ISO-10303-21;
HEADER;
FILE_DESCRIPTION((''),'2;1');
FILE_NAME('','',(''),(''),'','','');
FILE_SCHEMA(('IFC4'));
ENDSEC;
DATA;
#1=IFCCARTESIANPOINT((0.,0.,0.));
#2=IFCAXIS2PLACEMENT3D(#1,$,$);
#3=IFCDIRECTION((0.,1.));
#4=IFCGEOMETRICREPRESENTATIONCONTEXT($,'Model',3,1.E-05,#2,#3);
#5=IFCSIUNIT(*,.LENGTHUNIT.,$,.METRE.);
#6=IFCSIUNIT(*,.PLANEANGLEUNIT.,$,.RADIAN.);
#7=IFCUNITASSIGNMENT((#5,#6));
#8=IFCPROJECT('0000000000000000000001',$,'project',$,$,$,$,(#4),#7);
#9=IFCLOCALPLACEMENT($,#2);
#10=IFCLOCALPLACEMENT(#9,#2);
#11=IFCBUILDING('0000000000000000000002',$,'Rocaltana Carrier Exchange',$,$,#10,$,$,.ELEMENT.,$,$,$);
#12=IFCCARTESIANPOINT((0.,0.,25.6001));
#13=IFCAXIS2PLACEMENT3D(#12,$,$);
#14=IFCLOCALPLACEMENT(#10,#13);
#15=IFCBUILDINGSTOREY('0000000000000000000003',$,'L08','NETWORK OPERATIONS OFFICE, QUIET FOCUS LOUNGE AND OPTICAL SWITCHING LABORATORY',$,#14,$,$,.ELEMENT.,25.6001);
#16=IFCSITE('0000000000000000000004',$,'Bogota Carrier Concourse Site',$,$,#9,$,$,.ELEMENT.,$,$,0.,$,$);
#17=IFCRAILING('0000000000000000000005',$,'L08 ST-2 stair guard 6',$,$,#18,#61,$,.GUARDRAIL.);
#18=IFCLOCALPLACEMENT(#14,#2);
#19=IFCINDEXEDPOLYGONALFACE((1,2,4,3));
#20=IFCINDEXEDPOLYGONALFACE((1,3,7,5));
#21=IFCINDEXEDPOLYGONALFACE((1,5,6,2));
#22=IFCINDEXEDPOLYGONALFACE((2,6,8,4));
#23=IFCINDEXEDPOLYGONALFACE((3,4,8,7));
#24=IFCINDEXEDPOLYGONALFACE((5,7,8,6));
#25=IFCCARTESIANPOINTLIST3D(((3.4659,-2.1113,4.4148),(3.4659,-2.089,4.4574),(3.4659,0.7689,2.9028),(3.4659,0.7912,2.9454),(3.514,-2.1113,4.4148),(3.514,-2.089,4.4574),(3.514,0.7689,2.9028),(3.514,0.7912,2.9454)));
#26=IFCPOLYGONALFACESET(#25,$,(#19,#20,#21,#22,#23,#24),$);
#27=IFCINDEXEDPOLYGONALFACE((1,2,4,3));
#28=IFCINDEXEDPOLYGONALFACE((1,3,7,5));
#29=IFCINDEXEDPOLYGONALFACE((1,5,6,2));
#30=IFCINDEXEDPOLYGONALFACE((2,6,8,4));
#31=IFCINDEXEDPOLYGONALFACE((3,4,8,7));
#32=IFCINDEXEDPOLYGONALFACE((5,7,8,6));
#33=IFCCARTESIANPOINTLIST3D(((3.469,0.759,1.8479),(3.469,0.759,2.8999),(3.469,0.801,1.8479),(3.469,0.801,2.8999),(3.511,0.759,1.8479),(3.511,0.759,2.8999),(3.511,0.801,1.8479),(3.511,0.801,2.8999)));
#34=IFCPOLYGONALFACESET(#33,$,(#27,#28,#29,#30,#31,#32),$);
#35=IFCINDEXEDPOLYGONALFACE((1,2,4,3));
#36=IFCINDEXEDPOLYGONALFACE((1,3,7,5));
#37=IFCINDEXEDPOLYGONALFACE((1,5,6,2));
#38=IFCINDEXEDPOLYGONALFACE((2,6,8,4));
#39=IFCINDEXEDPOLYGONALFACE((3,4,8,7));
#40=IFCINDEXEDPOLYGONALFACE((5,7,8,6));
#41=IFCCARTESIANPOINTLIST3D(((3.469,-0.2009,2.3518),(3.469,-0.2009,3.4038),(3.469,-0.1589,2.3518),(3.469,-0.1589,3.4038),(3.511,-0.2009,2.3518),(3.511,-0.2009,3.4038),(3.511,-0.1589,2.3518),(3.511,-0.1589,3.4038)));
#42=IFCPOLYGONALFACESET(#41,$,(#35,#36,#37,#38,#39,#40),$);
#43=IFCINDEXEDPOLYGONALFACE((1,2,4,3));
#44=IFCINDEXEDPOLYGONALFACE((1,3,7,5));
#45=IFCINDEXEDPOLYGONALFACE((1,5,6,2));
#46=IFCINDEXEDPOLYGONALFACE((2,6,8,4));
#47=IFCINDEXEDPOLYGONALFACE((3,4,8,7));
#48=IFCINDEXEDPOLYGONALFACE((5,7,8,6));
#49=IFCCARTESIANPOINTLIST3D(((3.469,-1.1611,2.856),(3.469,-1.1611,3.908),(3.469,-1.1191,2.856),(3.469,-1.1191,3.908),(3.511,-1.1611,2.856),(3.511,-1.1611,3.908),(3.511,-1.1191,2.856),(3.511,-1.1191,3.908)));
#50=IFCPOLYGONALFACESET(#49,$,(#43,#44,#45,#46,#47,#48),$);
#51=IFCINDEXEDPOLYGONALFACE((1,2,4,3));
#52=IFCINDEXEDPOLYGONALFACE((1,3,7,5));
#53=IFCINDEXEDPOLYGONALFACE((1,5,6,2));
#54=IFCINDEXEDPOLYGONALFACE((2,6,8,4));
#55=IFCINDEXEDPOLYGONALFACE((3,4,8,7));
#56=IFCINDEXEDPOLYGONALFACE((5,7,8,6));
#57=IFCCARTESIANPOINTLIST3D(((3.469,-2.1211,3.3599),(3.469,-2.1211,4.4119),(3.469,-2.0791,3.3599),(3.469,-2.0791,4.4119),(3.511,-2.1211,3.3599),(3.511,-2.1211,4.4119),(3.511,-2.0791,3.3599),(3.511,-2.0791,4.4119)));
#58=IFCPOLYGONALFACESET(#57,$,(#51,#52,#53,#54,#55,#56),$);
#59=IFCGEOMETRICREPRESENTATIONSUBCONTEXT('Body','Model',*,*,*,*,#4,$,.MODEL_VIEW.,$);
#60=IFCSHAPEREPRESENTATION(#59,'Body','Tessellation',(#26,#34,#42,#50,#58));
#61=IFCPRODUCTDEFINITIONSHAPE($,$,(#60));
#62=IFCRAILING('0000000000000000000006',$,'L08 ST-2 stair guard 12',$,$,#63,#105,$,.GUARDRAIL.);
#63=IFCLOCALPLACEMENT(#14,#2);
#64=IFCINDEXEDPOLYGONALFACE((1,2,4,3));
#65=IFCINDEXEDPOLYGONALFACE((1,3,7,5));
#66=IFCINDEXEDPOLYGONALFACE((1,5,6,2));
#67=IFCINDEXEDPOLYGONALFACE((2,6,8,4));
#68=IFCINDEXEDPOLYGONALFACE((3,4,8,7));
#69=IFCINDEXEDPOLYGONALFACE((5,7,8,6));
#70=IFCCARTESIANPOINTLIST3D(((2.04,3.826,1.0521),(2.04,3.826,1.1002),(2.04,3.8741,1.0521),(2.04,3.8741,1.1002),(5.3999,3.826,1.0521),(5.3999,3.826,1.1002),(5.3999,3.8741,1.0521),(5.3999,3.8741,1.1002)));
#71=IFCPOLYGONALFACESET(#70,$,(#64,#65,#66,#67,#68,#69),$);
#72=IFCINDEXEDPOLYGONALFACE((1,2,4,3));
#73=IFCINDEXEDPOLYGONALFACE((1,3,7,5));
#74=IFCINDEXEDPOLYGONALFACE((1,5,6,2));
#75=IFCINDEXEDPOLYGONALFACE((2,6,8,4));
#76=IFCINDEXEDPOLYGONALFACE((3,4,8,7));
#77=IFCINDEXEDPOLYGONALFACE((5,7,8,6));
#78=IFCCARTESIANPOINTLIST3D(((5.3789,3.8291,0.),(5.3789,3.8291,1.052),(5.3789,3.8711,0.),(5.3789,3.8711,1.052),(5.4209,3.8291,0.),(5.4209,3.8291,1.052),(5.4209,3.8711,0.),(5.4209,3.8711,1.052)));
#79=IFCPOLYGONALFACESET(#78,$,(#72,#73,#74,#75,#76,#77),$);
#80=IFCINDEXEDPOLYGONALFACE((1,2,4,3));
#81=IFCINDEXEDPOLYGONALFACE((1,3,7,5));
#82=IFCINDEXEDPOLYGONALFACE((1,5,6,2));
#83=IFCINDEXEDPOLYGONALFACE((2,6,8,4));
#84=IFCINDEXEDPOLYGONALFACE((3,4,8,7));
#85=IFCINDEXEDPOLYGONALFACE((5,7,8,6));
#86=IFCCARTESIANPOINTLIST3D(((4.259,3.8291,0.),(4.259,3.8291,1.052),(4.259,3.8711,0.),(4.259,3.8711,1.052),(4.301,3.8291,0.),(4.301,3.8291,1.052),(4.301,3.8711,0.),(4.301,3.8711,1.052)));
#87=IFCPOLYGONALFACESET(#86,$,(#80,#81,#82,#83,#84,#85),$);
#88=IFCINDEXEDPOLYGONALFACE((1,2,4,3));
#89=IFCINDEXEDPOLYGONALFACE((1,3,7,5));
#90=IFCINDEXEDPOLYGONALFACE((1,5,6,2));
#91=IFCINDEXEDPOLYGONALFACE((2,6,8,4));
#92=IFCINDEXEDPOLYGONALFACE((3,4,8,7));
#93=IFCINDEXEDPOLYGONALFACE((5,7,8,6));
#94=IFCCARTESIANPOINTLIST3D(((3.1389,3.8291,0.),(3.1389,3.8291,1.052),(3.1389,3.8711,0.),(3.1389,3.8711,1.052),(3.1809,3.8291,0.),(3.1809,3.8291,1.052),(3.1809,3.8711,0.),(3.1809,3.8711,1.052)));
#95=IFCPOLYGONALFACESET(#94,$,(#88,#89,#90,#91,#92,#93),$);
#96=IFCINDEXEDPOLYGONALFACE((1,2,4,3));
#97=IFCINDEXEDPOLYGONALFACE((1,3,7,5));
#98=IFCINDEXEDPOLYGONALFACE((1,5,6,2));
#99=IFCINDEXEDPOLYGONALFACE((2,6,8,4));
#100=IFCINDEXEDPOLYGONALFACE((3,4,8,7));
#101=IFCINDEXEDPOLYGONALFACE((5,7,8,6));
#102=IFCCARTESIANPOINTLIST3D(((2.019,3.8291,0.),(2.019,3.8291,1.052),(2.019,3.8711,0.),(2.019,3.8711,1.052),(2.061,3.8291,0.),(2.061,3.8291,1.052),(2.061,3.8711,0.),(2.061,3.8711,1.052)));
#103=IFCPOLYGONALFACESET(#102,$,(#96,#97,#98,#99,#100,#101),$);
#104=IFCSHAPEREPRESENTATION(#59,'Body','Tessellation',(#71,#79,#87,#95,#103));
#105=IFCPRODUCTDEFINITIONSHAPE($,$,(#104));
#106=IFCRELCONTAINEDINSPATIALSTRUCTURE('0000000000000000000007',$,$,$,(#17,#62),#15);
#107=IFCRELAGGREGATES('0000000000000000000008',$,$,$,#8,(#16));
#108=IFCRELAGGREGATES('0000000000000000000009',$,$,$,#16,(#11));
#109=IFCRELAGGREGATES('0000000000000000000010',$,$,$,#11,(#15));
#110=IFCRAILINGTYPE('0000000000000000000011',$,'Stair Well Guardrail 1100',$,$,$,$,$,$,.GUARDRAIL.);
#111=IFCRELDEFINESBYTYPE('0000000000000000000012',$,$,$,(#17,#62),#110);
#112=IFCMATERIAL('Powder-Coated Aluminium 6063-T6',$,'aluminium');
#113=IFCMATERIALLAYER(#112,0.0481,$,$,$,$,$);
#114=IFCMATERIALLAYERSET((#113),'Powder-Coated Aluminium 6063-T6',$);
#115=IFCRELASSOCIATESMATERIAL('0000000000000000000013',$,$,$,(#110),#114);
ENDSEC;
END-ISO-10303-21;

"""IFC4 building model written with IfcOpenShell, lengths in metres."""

from ifc_helpers import new_model, si_unit, direction, frame, origin, origin_2d, place, context, subcontext, project, spatial, rectangle, extrude, material, layer, layer_set, type_object, element, save


model = new_model("IFC4")

# Units and contexts
model_context = context("Model", 3, precision=1e-05, world=origin(), true_north=direction((0.0, 1.0)))
body_context = subcontext(model_context, "Body", "Model", "MODEL_VIEW")
ifc_project = project(units=[si_unit("LENGTHUNIT", "METRE"), si_unit("PLANEANGLEUNIT", "RADIAN")], contexts=[model_context])

# Site, building, storey
site_placement = place(None, origin())
site = spatial("IfcSite", under=ifc_project, at=site_placement, Name="Bogota Carrier Concourse Site", CompositionType="ELEMENT", RefElevation=0.0)
building_placement = place(site_placement, origin())
building = spatial("IfcBuilding", under=site, at=building_placement, Name="Rocaltana Carrier Exchange", CompositionType="ELEMENT")
storey_placement = place(building_placement, frame((0.0, 0.0, 25.6001)))
storey = spatial("IfcBuildingStorey", under=building, at=storey_placement, Name="L08", Description="NETWORK OPERATIONS OFFICE, QUIET FOCUS LOUNGE AND OPTICAL SWITCHING LABORATORY", CompositionType="ELEMENT", Elevation=25.6001)

# Railings
ifc_material_1 = material(Name="Powder-Coated Aluminium 6063-T6", Category="aluminium")
ifc_layer_1 = layer(ifc_material_1, 0.0481)
ifc_layer_set_1 = layer_set([ifc_layer_1], Name="Powder-Coated Aluminium 6063-T6")
railing_type_1 = type_object("IfcRailingType", Name="Stair Well Guardrail 1100", PredefinedType="GUARDRAIL", material=ifc_layer_set_1)
railing_1_placement = place(storey_placement, frame((3.49, 0.78, 1.8479)))
element("IfcRailing", 1, at=railing_1_placement, inside=storey, type_object=railing_type_1, Name="L08 ST-2 stair guard 6", PredefinedType="GUARDRAIL", context=body_context, shape_type="SweptSolid", body=[
    extrude(rectangle(XDim=0.0481, YDim=0.0481, at=origin_2d()), frame((0.0, 0.0, 1.0762), z_axis=(0.0, -0.885411, 0.464809), x_axis=(1.0, 0.0, 0.0)), (0.0, 0.0, 1.0), 3.2529),
    extrude(rectangle(XDim=0.042, YDim=0.042, at=origin_2d()), origin(), (0.0, 0.0, 1.0), 1.052),
    extrude(rectangle(XDim=0.042, YDim=0.042, at=origin_2d()), frame((0.0, -0.96, 0.5039)), (0.0, 0.0, 1.0), 1.052),
    extrude(rectangle(XDim=0.042, YDim=0.042, at=origin_2d()), frame((0.0, -1.9202, 1.0081)), (0.0, 0.0, 1.0), 1.052),
    extrude(rectangle(XDim=0.042, YDim=0.042, at=origin_2d()), frame((0.0, -2.8801, 1.512)), (0.0, 0.0, 1.0), 1.052),
])
railing_2_placement = place(storey_placement, frame((5.3999, 3.8501, 0.0)))
element("IfcRailing", 2, at=railing_2_placement, inside=storey, type_object=railing_type_1, Name="L08 ST-2 stair guard 12", PredefinedType="GUARDRAIL", context=body_context, shape_type="SweptSolid", body=[
    extrude(rectangle(XDim=0.0481, YDim=0.0481, at=origin_2d()), frame((0.0, 0.0, 1.0762), z_axis=(-1.0, 0.0, 0.0), x_axis=(0.0, -1.0, 0.0)), (0.0, 0.0, 1.0), 3.3599),
    extrude(rectangle(XDim=0.042, YDim=0.042, at=origin_2d()), origin(), (0.0, 0.0, 1.0), 1.052),
    extrude(rectangle(XDim=0.042, YDim=0.042, at=origin_2d()), frame((-1.1199, 0.0, 0.0)), (0.0, 0.0, 1.0), 1.052),
    extrude(rectangle(XDim=0.042, YDim=0.042, at=origin_2d()), frame((-2.24, 0.0, 0.0)), (0.0, 0.0, 1.0), 1.052),
    extrude(rectangle(XDim=0.042, YDim=0.042, at=origin_2d()), frame((-3.3599, 0.0, 0.0)), (0.0, 0.0, 1.0), 1.052),
])

save(model, "model.ifc")
